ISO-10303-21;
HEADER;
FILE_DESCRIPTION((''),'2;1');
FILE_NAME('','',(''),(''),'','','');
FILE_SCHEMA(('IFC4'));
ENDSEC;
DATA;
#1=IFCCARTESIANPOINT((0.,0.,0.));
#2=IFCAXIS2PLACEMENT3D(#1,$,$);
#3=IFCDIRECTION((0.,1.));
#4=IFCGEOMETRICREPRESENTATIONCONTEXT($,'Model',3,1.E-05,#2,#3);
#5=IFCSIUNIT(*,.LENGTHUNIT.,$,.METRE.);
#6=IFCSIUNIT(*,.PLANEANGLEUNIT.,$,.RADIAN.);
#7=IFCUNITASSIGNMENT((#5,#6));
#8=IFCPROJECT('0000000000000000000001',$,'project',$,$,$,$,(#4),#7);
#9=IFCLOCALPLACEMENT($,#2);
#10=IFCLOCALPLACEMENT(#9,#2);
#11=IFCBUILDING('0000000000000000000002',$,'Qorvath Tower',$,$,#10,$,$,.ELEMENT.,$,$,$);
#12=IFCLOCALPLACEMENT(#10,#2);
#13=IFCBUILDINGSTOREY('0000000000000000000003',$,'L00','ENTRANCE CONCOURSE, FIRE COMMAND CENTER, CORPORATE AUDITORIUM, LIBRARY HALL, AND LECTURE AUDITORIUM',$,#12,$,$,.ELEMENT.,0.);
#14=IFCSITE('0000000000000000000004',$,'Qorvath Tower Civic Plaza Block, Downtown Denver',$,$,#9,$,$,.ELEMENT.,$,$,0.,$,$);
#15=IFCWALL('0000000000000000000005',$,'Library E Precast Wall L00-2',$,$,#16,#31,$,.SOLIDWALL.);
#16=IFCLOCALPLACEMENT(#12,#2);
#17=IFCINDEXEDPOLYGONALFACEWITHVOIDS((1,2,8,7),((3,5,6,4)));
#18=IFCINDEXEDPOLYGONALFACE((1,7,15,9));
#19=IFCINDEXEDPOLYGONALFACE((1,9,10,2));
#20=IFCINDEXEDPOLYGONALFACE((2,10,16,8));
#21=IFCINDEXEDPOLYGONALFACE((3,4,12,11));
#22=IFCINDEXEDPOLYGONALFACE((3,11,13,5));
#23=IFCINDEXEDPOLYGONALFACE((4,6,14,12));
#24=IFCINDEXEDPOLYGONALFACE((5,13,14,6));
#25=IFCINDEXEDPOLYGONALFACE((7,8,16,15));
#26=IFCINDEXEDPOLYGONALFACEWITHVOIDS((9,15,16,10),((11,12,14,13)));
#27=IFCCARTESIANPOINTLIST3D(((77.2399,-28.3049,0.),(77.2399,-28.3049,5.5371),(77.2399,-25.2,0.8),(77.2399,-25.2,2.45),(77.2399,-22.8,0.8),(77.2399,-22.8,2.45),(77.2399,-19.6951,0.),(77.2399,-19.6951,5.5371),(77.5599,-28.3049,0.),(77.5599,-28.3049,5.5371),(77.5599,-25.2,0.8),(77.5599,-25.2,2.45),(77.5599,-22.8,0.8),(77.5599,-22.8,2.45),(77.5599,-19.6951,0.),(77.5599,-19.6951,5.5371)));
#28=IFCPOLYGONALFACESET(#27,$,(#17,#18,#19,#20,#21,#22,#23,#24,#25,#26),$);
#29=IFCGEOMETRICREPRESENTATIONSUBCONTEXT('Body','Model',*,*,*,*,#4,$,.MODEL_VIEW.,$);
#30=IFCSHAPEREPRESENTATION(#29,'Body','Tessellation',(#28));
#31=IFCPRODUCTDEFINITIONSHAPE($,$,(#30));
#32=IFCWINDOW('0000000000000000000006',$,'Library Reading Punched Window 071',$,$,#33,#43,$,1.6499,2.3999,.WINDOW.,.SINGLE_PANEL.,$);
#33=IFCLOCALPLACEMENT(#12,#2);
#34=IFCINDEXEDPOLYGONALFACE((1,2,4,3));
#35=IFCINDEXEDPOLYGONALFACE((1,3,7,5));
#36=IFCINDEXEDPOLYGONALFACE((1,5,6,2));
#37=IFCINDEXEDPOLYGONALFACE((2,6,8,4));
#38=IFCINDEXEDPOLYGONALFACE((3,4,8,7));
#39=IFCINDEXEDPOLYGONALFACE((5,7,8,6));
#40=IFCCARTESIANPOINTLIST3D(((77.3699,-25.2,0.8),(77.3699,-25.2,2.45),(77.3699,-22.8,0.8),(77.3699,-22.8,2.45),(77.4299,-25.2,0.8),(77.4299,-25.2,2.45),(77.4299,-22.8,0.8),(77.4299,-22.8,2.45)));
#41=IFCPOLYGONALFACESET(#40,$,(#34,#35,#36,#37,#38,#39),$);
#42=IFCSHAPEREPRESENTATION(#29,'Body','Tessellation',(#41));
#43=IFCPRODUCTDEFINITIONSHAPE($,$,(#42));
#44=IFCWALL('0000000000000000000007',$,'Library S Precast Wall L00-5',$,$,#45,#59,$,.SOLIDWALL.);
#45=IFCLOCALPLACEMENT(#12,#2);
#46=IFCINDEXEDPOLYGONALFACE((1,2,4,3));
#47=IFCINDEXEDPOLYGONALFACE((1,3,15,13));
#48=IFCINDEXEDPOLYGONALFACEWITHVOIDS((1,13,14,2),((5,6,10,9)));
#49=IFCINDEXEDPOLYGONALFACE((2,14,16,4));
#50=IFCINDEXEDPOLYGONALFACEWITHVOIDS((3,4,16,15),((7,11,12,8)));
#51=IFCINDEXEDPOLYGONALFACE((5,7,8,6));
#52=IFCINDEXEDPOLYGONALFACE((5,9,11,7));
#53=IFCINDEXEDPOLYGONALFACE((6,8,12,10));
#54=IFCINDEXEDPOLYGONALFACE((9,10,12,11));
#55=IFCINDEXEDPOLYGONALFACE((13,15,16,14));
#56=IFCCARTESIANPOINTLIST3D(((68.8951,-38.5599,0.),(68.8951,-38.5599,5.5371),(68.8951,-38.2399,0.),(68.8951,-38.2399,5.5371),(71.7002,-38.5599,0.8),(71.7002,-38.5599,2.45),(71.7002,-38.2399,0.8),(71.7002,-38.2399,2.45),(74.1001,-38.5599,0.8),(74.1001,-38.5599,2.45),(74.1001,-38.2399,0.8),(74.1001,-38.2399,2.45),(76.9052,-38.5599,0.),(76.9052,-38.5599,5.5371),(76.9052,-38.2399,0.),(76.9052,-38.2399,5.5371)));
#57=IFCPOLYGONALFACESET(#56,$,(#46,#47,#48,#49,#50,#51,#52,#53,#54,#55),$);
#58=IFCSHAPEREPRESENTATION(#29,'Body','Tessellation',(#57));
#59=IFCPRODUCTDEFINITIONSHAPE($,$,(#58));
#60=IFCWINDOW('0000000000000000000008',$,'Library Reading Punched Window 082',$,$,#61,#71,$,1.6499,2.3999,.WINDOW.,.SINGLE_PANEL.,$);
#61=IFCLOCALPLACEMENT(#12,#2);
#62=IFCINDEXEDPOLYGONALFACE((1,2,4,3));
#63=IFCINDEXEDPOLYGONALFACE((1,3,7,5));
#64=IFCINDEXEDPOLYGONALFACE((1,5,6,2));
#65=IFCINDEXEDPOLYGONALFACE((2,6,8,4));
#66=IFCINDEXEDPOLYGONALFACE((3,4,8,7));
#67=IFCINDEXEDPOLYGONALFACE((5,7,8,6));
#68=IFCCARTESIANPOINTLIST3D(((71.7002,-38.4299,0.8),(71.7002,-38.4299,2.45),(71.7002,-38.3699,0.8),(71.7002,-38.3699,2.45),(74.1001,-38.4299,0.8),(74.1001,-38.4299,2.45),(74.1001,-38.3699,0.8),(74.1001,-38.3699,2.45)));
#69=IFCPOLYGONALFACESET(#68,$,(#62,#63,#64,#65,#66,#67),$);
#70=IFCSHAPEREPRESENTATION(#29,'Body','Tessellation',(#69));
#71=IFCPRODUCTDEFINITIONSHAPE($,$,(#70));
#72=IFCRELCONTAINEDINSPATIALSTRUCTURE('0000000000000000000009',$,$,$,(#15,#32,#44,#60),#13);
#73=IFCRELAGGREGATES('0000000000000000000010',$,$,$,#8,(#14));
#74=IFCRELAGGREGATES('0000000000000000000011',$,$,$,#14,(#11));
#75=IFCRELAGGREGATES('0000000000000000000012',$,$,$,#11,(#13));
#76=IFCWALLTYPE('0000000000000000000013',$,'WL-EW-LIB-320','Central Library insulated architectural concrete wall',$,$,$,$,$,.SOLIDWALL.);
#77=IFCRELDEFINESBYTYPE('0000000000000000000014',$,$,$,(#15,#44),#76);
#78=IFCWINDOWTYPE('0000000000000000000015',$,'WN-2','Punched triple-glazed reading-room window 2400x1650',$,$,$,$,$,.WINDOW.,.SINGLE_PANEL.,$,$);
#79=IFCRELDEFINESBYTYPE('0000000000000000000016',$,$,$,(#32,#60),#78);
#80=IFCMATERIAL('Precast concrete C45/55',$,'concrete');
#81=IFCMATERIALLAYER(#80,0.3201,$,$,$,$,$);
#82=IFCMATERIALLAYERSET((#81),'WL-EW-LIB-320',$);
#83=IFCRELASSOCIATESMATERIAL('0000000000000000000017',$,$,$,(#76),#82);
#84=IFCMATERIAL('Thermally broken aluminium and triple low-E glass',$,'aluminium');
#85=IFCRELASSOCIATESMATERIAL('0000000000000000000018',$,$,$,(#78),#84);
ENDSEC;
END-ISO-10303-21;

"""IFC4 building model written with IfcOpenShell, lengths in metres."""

from ifc_helpers import new_model, si_unit, direction, frame, frame_2d, origin, place, context, subcontext, project, spatial, rectangle, extrude, material, layer, layer_set, type_object, element, fill, save


model = new_model("IFC4")

# Units and contexts
model_context = context("Model", 3, precision=1e-05, world=origin(), true_north=direction((0.0, 1.0)))
body_context = subcontext(model_context, "Body", "Model", "MODEL_VIEW")
ifc_project = project(units=[si_unit("LENGTHUNIT", "METRE"), si_unit("PLANEANGLEUNIT", "RADIAN")], contexts=[model_context])

# Site, building, storey
site_placement = place(None, origin())
site = spatial("IfcSite", under=ifc_project, at=site_placement, Name="Qorvath Tower Civic Plaza Block, Downtown Denver", CompositionType="ELEMENT", RefElevation=0.0)
building_placement = place(site_placement, origin())
building = spatial("IfcBuilding", under=site, at=building_placement, Name="Qorvath Tower", CompositionType="ELEMENT")
storey_placement = place(building_placement, origin())
storey = spatial("IfcBuildingStorey", under=building, at=storey_placement, Name="L00", Description="ENTRANCE CONCOURSE, FIRE COMMAND CENTER, CORPORATE AUDITORIUM, LIBRARY HALL, AND LECTURE AUDITORIUM", CompositionType="ELEMENT", Elevation=0.0)

# Walls, openings, windows
ifc_material_1 = material(Name="Precast concrete C45/55", Category="concrete")
ifc_layer_1 = layer(ifc_material_1, 0.3201)
ifc_layer_set_1 = layer_set([ifc_layer_1], Name="WL-EW-LIB-320")
wall_type = type_object("IfcWallType", Name="WL-EW-LIB-320", Description="Central Library insulated architectural concrete wall", PredefinedType="SOLIDWALL", material=ifc_layer_set_1)
ifc_material_2 = material(Name="Thermally broken aluminium and triple low-E glass", Category="aluminium")
window_type = type_object("IfcWindowType", Name="WN-2", Description="Punched triple-glazed reading-room window 2400x1650", PartitioningType="SINGLE_PANEL", PredefinedType="WINDOW", material=ifc_material_2)
wall_1_placement = place(storey_placement, frame((77.3999, -19.6951, 0.0), z_axis=(0.0, 0.0, 1.0), x_axis=(0.0, -1.0, 0.0)))
wall_1 = element("IfcWall", 1, at=wall_1_placement, inside=storey, type_object=wall_type, Name="Library E Precast Wall L00-2", PredefinedType="SOLIDWALL", context=body_context, shape_type="SweptSolid", body=[
    extrude(rectangle(XDim=8.6099, YDim=0.3201, at=frame_2d((4.3049, 0.0))), origin(), (0.0, 0.0, 1.0), 5.5371),
])
opening_1_placement = place(wall_1_placement, frame((3.105, 0.0, 0.8)))
opening_1 = element("IfcOpeningElement", 2, at=opening_1_placement, cuts=wall_1, PredefinedType="OPENING", context=body_context, shape_type="SweptSolid", body=[
    extrude(rectangle(XDim=2.3999, YDim=1.6499, at=frame_2d((1.2, 0.825))), frame((0.0, 0.1699, 0.0), z_axis=(0.0, -1.0, 0.0), x_axis=(1.0, 0.0, 0.0)), (0.0, 0.0, 1.0), 0.3401),
])
window_1_placement = place(opening_1_placement, origin())
window_1 = element("IfcWindow", 3, at=window_1_placement, inside=storey, type_object=window_type, Name="Library Reading Punched Window 071", OverallHeight=1.6499, OverallWidth=2.3999, PartitioningType="SINGLE_PANEL", PredefinedType="WINDOW", context=body_context, shape_type="SweptSolid", body=[
    extrude(rectangle(XDim=2.3999, YDim=1.6499, at=frame_2d((1.2, 0.825))), frame((0.0, 0.03, 0.0), z_axis=(0.0, -1.0, 0.0), x_axis=(1.0, 0.0, 0.0)), (0.0, 0.0, 1.0), 0.0601),
])
fill(opening_1, window_1)
wall_2_placement = place(storey_placement, frame((76.905, -38.3999, 0.0), z_axis=(0.0, 0.0, 1.0), x_axis=(-1.0, 0.0, 0.0)))
wall_2 = element("IfcWall", 4, at=wall_2_placement, inside=storey, type_object=wall_type, Name="Library S Precast Wall L00-5", PredefinedType="SOLIDWALL", context=body_context, shape_type="SweptSolid", body=[
    extrude(rectangle(XDim=8.01, YDim=0.3201, at=frame_2d((4.0049, 0.0))), origin(), (0.0, 0.0, 1.0), 5.5371),
])
opening_2_placement = place(wall_2_placement, frame((2.8049, 0.0, 0.8)))
opening_2 = element("IfcOpeningElement", 5, at=opening_2_placement, cuts=wall_2, PredefinedType="OPENING", context=body_context, shape_type="SweptSolid", body=[
    extrude(rectangle(XDim=2.3999, YDim=1.6499, at=frame_2d((1.2, 0.825))), frame((0.0, 0.1699, 0.0), z_axis=(0.0, -1.0, 0.0), x_axis=(1.0, 0.0, 0.0)), (0.0, 0.0, 1.0), 0.3401),
])
window_2_placement = place(opening_2_placement, origin())
window_2 = element("IfcWindow", 6, at=window_2_placement, inside=storey, type_object=window_type, Name="Library Reading Punched Window 082", OverallHeight=1.6499, OverallWidth=2.3999, PartitioningType="SINGLE_PANEL", PredefinedType="WINDOW", context=body_context, shape_type="SweptSolid", body=[
    extrude(rectangle(XDim=2.3999, YDim=1.6499, at=frame_2d((1.2, 0.825))), frame((0.0, 0.03, 0.0), z_axis=(0.0, -1.0, 0.0), x_axis=(1.0, 0.0, 0.0)), (0.0, 0.0, 1.0), 0.0601),
])
fill(opening_2, window_2)

save(model, "model.ifc")
